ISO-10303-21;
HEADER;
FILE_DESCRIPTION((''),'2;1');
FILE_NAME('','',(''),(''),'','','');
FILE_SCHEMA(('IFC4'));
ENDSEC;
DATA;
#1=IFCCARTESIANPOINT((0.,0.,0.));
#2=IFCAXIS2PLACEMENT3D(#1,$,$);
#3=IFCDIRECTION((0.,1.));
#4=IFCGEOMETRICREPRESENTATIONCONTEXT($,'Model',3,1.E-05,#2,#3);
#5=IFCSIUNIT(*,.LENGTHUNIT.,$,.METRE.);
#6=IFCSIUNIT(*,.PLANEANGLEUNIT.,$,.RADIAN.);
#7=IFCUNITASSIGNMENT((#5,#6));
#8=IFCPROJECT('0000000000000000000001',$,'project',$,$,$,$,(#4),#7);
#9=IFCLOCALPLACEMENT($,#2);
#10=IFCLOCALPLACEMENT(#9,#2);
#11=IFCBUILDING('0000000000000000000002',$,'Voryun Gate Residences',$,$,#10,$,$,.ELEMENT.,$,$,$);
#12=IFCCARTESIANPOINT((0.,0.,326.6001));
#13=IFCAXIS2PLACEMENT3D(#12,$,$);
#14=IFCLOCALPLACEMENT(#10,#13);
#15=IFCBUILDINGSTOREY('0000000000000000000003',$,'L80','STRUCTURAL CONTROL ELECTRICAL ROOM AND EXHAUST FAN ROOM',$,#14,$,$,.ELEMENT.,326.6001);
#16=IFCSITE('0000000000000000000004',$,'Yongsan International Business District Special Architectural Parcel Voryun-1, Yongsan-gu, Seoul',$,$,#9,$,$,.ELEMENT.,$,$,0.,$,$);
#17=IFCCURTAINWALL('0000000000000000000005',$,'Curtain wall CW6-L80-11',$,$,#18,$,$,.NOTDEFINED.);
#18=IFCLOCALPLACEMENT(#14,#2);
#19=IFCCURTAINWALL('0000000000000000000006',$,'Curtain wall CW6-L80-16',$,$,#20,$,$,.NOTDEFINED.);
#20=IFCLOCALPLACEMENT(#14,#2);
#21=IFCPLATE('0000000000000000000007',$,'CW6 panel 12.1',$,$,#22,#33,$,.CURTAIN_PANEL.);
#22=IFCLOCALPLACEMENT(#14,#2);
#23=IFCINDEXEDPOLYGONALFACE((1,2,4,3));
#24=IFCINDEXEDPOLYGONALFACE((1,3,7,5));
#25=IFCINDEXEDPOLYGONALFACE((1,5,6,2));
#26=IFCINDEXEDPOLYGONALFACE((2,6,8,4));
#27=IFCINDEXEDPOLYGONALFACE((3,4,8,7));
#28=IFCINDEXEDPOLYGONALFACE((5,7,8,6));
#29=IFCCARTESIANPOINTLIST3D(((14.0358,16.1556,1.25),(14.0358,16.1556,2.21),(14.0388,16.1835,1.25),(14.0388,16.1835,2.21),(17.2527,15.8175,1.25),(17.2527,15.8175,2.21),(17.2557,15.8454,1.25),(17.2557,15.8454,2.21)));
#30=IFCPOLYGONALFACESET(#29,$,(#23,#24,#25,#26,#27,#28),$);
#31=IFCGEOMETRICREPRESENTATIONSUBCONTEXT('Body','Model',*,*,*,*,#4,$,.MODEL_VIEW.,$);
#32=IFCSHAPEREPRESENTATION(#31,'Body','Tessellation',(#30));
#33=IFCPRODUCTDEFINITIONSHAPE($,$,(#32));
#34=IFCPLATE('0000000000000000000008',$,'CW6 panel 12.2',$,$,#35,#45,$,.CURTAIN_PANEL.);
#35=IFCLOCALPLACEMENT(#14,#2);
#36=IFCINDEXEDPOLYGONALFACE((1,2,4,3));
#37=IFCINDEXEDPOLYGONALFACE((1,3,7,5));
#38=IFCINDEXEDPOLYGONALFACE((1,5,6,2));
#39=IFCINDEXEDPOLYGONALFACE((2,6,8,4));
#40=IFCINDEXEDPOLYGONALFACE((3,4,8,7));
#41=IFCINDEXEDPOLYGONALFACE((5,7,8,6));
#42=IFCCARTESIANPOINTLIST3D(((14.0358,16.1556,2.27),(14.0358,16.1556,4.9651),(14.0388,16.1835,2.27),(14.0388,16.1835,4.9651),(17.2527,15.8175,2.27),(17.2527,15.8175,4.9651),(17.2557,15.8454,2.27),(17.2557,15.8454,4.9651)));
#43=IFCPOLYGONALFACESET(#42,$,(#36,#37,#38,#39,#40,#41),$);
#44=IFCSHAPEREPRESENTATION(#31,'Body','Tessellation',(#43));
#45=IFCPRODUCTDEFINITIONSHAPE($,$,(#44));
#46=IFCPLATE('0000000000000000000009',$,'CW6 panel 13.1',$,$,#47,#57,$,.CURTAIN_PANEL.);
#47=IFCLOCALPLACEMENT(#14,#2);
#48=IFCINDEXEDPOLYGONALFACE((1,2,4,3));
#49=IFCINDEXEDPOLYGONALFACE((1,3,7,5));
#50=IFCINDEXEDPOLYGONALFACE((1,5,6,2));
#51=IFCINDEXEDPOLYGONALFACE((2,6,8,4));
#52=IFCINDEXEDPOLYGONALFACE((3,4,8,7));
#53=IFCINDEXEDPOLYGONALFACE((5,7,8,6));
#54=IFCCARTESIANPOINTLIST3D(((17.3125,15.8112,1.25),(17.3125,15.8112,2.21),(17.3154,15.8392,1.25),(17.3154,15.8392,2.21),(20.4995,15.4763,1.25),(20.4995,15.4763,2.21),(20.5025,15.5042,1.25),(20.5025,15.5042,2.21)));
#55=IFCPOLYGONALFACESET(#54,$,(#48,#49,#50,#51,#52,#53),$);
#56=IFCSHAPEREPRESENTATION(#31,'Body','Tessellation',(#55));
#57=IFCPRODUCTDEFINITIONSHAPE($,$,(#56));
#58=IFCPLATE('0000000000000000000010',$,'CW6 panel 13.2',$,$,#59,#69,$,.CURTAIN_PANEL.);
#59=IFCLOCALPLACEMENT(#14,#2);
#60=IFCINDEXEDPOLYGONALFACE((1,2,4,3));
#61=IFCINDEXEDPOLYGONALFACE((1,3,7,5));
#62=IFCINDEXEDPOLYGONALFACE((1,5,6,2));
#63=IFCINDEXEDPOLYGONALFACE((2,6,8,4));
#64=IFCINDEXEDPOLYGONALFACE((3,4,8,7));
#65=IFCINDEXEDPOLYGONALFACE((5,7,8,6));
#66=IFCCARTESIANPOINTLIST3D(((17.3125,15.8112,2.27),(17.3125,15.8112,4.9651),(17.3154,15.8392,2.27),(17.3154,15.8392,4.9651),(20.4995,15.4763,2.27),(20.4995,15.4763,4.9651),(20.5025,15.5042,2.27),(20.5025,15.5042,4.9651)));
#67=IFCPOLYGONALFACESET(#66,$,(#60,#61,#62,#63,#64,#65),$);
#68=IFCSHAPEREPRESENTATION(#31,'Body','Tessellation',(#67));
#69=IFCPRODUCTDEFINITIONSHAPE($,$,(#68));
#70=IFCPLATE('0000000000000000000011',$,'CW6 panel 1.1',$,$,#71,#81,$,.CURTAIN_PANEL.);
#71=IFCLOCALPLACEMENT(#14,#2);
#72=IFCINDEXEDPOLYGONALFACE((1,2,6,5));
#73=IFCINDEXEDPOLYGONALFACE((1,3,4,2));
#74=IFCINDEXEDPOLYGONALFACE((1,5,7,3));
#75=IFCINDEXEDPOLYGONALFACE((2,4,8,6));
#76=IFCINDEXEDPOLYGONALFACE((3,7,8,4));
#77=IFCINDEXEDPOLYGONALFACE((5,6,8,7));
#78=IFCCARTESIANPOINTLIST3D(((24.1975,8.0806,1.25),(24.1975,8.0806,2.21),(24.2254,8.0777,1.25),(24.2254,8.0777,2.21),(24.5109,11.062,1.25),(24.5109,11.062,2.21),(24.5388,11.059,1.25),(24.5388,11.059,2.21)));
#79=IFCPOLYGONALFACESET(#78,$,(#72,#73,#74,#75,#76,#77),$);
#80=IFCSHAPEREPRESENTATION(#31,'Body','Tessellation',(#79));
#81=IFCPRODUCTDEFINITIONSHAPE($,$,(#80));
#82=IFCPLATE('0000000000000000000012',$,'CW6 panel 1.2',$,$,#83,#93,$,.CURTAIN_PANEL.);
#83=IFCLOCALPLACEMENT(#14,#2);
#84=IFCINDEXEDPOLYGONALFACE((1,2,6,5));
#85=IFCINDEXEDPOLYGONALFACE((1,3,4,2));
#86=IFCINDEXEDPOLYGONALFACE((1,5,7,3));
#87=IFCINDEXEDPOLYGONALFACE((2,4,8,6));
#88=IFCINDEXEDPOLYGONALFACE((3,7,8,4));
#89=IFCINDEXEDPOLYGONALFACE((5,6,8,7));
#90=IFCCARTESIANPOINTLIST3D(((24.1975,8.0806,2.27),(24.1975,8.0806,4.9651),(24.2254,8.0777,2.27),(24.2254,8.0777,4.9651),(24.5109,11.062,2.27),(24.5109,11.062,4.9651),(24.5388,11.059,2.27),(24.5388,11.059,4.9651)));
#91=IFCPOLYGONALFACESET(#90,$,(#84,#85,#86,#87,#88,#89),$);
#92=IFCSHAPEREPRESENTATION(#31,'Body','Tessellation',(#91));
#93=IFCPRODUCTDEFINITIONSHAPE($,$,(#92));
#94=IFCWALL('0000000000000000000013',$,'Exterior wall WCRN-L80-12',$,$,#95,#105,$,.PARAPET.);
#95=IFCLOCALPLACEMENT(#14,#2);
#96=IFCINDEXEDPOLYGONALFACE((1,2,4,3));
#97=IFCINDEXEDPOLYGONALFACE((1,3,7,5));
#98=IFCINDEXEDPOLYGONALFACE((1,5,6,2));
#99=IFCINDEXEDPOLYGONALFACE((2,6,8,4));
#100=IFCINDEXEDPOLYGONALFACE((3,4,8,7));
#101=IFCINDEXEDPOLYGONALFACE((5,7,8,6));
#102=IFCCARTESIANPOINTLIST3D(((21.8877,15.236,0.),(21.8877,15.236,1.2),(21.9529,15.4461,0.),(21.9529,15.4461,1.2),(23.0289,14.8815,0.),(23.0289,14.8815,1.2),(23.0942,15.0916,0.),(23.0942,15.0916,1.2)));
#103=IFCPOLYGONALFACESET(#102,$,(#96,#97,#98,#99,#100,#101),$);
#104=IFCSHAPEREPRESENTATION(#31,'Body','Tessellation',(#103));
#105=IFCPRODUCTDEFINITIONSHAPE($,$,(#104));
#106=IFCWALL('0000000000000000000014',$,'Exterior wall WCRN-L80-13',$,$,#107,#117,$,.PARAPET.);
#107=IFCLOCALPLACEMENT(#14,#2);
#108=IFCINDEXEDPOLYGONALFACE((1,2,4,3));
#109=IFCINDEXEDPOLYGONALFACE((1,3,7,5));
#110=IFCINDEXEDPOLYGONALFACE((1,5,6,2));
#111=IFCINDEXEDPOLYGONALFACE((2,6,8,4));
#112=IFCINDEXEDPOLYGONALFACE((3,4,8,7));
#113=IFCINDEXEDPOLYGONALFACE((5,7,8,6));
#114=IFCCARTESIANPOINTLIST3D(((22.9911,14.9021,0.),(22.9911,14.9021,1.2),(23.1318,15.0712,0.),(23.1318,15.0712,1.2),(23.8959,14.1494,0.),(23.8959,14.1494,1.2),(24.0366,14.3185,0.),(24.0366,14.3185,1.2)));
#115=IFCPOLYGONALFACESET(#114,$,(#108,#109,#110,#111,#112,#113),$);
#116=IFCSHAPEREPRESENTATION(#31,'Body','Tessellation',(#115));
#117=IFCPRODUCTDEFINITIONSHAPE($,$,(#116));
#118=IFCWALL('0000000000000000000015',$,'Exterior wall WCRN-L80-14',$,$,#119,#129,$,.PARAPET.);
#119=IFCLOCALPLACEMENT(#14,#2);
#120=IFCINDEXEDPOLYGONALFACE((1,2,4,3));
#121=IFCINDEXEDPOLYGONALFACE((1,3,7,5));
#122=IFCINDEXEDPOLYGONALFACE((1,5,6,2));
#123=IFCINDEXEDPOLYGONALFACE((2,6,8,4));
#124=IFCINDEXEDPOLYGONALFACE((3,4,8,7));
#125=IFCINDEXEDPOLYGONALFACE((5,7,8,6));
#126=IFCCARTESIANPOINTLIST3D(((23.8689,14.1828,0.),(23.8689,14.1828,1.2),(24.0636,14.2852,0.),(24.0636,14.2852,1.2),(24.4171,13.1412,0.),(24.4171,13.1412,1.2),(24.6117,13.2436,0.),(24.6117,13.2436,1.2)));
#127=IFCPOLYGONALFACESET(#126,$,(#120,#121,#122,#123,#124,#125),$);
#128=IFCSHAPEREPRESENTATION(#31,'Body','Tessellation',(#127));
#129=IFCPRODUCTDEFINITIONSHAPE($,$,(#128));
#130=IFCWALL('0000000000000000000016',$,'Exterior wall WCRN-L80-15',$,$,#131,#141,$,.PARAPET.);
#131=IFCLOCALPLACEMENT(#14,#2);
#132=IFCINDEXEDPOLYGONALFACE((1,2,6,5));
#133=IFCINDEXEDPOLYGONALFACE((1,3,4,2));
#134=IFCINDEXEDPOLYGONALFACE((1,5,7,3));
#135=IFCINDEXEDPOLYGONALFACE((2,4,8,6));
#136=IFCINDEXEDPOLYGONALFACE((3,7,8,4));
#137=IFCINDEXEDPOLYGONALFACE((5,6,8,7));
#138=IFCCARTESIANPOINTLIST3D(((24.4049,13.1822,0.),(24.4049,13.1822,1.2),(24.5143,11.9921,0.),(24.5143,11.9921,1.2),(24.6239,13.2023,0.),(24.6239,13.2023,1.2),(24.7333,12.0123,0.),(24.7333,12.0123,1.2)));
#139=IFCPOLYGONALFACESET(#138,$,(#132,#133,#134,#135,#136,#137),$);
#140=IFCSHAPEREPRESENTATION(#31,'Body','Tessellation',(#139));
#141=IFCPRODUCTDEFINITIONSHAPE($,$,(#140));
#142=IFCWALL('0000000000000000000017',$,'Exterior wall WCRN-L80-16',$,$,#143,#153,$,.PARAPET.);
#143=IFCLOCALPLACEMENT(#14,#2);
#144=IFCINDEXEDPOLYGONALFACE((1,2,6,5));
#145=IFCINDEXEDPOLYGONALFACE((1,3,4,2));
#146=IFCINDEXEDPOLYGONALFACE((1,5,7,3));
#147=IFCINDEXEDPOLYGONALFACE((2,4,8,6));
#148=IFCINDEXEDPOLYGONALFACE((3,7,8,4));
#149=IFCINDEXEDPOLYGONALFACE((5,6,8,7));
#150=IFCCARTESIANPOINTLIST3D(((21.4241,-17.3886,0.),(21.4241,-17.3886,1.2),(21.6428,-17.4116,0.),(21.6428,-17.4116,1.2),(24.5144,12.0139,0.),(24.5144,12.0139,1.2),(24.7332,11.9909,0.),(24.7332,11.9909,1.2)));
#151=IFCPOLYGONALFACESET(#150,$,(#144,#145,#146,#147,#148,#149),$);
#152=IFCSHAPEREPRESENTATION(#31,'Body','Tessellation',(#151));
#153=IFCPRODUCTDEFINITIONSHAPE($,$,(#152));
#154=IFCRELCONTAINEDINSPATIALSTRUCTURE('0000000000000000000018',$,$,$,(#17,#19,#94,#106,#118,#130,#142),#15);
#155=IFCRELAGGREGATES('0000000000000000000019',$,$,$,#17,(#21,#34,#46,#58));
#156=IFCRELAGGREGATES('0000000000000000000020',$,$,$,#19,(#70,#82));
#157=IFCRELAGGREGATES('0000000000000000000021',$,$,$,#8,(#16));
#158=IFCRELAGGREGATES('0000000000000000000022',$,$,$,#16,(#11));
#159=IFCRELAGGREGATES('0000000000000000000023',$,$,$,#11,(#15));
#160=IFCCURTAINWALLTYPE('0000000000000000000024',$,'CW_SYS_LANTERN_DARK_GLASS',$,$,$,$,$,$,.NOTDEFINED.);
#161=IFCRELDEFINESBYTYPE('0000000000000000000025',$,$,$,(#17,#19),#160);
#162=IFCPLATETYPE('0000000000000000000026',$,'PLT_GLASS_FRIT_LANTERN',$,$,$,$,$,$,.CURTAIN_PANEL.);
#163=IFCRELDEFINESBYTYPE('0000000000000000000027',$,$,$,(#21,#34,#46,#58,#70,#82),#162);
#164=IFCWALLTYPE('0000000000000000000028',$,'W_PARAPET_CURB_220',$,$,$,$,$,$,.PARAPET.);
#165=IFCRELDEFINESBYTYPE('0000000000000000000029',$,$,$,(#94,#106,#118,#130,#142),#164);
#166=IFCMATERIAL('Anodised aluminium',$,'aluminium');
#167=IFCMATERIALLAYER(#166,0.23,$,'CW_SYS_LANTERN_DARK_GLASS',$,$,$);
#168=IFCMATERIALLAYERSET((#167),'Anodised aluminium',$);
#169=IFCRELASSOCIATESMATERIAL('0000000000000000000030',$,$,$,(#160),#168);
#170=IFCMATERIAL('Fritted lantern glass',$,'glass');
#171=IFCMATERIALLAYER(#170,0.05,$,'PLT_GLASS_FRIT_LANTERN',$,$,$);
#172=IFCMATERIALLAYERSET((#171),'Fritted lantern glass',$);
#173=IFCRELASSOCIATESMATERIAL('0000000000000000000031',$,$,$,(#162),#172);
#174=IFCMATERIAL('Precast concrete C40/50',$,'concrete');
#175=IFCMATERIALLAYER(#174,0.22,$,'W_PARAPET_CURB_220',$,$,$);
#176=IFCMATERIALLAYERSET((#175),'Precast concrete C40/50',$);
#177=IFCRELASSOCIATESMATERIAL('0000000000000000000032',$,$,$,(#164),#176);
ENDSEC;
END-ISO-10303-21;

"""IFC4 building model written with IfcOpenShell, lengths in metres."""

from ifc_helpers import new_model, si_unit, direction, frame, frame_2d, origin, origin_2d, place, context, subcontext, project, spatial, rectangle, extrude, material, layer, layer_set, type_object, element, aggregate, save


model = new_model("IFC4")

# Units and contexts
model_context = context("Model", 3, precision=1e-05, world=origin(), true_north=direction((0.0, 1.0)))
body_context = subcontext(model_context, "Body", "Model", "MODEL_VIEW")
ifc_project = project(units=[si_unit("LENGTHUNIT", "METRE"), si_unit("PLANEANGLEUNIT", "RADIAN")], contexts=[model_context])

# Site, building, storey
site_placement = place(None, origin())
site = spatial("IfcSite", under=ifc_project, at=site_placement, Name="Yongsan International Business District Special Architectural Parcel Voryun-1, Yongsan-gu, Seoul", CompositionType="ELEMENT", RefElevation=0.0)
building_placement = place(site_placement, origin())
building = spatial("IfcBuilding", under=site, at=building_placement, Name="Voryun Gate Residences", CompositionType="ELEMENT")
storey_placement = place(building_placement, frame((0.0, 0.0, 326.6001)))
storey = spatial("IfcBuildingStorey", under=building, at=storey_placement, Name="L80", Description="STRUCTURAL CONTROL ELECTRICAL ROOM AND EXHAUST FAN ROOM", CompositionType="ELEMENT", Elevation=326.6001)

# Curtain walls
ifc_material_1 = material(Name="Anodised aluminium", Category="aluminium")
ifc_layer_1 = layer(ifc_material_1, 0.23, Name="CW_SYS_LANTERN_DARK_GLASS")
ifc_layer_set_1 = layer_set([ifc_layer_1], Name="Anodised aluminium")
curtain_wall_type = type_object("IfcCurtainWallType", Name="CW_SYS_LANTERN_DARK_GLASS", PredefinedType="NOTDEFINED", material=ifc_layer_set_1)
curtain_wall_1_placement = place(storey_placement, origin())
curtain_wall_1 = element("IfcCurtainWall", 1, at=curtain_wall_1_placement, inside=storey, type_object=curtain_wall_type, Name="Curtain wall CW6-L80-11", PredefinedType="NOTDEFINED")
curtain_wall_2_placement = place(storey_placement, origin())
curtain_wall_2 = element("IfcCurtainWall", 2, at=curtain_wall_2_placement, inside=storey, type_object=curtain_wall_type, Name="Curtain wall CW6-L80-16", PredefinedType="NOTDEFINED")

# Plates
ifc_material_2 = material(Name="Fritted lantern glass", Category="glass")
ifc_layer_2 = layer(ifc_material_2, 0.05, Name="PLT_GLASS_FRIT_LANTERN")
ifc_layer_set_2 = layer_set([ifc_layer_2], Name="Fritted lantern glass")
plate_type_1 = type_object("IfcPlateType", Name="PLT_GLASS_FRIT_LANTERN", PredefinedType="CURTAIN_PANEL", material=ifc_layer_set_2)
plate_1_placement = place(storey_placement, frame((15.6458, 16.0005, 1.25), z_axis=(0.0, 0.0, 1.0), x_axis=(0.994522, -0.104528, 0.0)))
plate_1 = element("IfcPlate", 3, at=plate_1_placement, type_object=plate_type_1, Name="CW6 panel 12.1", PredefinedType="CURTAIN_PANEL", context=body_context, shape_type="SweptSolid", body=[
    extrude(rectangle(XDim=3.2346, YDim=0.0281, at=origin_2d()), origin(), (0.0, 0.0, 1.0), 0.96),
])
plate_2_placement = place(storey_placement, frame((15.6458, 16.0005, 2.27), z_axis=(0.0, 0.0, 1.0), x_axis=(0.994522, -0.104528, 0.0)))
plate_2 = element("IfcPlate", 4, at=plate_2_placement, type_object=plate_type_1, Name="CW6 panel 12.2", PredefinedType="CURTAIN_PANEL", context=body_context, shape_type="SweptSolid", body=[
    extrude(rectangle(XDim=3.2346, YDim=0.0281, at=origin_2d()), origin(), (0.0, 0.0, 1.0), 2.6951),
])
plate_3_placement = place(storey_placement, frame((18.9075, 15.6577, 1.25), z_axis=(0.0, 0.0, 1.0), x_axis=(0.994522, -0.104528, 0.0)))
plate_3 = element("IfcPlate", 5, at=plate_3_placement, type_object=plate_type_1, Name="CW6 panel 13.1", PredefinedType="CURTAIN_PANEL", context=body_context, shape_type="SweptSolid", body=[
    extrude(rectangle(XDim=3.2046, YDim=0.0281, at=origin_2d()), origin(), (0.0, 0.0, 1.0), 0.96),
])
plate_4_placement = place(storey_placement, frame((18.9075, 15.6577, 2.27), z_axis=(0.0, 0.0, 1.0), x_axis=(0.994522, -0.104528, 0.0)))
plate_4 = element("IfcPlate", 6, at=plate_4_placement, type_object=plate_type_1, Name="CW6 panel 13.2", PredefinedType="CURTAIN_PANEL", context=body_context, shape_type="SweptSolid", body=[
    extrude(rectangle(XDim=3.2046, YDim=0.0281, at=origin_2d()), origin(), (0.0, 0.0, 1.0), 2.6951),
])
aggregate(curtain_wall_1, [plate_1, plate_2, plate_3, plate_4])
plate_5_placement = place(storey_placement, frame((24.3682, 9.5698, 1.25), z_axis=(0.0, 0.0, 1.0), x_axis=(-0.104528, -0.994522, 0.0)))
plate_5 = element("IfcPlate", 7, at=plate_5_placement, type_object=plate_type_1, Name="CW6 panel 1.1", PredefinedType="CURTAIN_PANEL", context=body_context, shape_type="SweptSolid", body=[
    extrude(rectangle(XDim=2.9978, YDim=0.0281, at=origin_2d()), origin(), (0.0, 0.0, 1.0), 0.96),
])
plate_6_placement = place(storey_placement, frame((24.3682, 9.5698, 2.27), z_axis=(0.0, 0.0, 1.0), x_axis=(-0.104528, -0.994522, 0.0)))
plate_6 = element("IfcPlate", 8, at=plate_6_placement, type_object=plate_type_1, Name="CW6 panel 1.2", PredefinedType="CURTAIN_PANEL", context=body_context, shape_type="SweptSolid", body=[
    extrude(rectangle(XDim=2.9978, YDim=0.0281, at=origin_2d()), origin(), (0.0, 0.0, 1.0), 2.6951),
])
aggregate(curtain_wall_2, [plate_5, plate_6])

# Walls
ifc_material_3 = material(Name="Precast concrete C40/50", Category="concrete")
ifc_layer_3 = layer(ifc_material_3, 0.22, Name="W_PARAPET_CURB_220")
ifc_layer_set_3 = layer_set([ifc_layer_3], Name="Precast concrete C40/50")
wall_type = type_object("IfcWallType", Name="W_PARAPET_CURB_220", PredefinedType="PARAPET", material=ifc_layer_set_3)
wall_1_placement = place(storey_placement, frame((21.9202, 15.3411, 0.0), z_axis=(0.0, 0.0, 1.0), x_axis=(0.954998, -0.296611, 0.0)))
element("IfcWall", 9, at=wall_1_placement, inside=storey, type_object=wall_type, Name="Exterior wall WCRN-L80-12", PredefinedType="PARAPET", context=body_context, shape_type="SweptSolid", body=[
    extrude(rectangle(XDim=1.1951, YDim=0.22, at=frame_2d((0.5977, 0.0))), origin(), (0.0, 0.0, 1.0), 1.2),
])
for number, where, z_axis, x_axis, name in (
    (10, (23.0615, 14.9866, 0.0), (0.0, 0.0, 1.0), (0.768765, -0.639531, 0.0), "Exterior wall WCRN-L80-13"),
    (11, (23.9663, 14.2339, 0.0), (0.0, 0.0, 1.0), (0.465704, -0.884941, 0.0), "Exterior wall WCRN-L80-14"),
):
    element("IfcWall", number, at=place(storey_placement, frame(where, z_axis=z_axis, x_axis=x_axis)), inside=storey, type_object=wall_type, Name=name, PredefinedType="PARAPET", context=body_context, shape_type="SweptSolid", body=[
        extrude(rectangle(XDim=1.177, YDim=0.22, at=frame_2d((0.5884, 0.0))), origin(), (0.0, 0.0, 1.0), 1.2),
    ])
wall_2_placement = place(storey_placement, frame((24.5144, 13.1924, 0.0), z_axis=(0.0, 0.0, 1.0), x_axis=(0.09153, -0.995802, 0.0)))
element("IfcWall", 12, at=wall_2_placement, inside=storey, type_object=wall_type, Name="Exterior wall WCRN-L80-15", PredefinedType="PARAPET", context=body_context, shape_type="SweptSolid", body=[
    extrude(rectangle(XDim=1.1951, YDim=0.22, at=frame_2d((0.5977, 0.0))), origin(), (0.0, 0.0, 1.0), 1.2),
])
wall_3_placement = place(storey_placement, frame((24.6238, 12.0024, 0.0), z_axis=(0.0, 0.0, 1.0), x_axis=(-0.104528, -0.994522, 0.0)))
element("IfcWall", 13, at=wall_3_placement, inside=storey, type_object=wall_type, Name="Exterior wall WCRN-L80-16", PredefinedType="PARAPET", context=body_context, shape_type="SweptSolid", body=[
    extrude(rectangle(XDim=29.5645, YDim=0.22, at=frame_2d((14.7822, 0.0))), origin(), (0.0, 0.0, 1.0), 1.2),
])

save(model, "model.ifc")
